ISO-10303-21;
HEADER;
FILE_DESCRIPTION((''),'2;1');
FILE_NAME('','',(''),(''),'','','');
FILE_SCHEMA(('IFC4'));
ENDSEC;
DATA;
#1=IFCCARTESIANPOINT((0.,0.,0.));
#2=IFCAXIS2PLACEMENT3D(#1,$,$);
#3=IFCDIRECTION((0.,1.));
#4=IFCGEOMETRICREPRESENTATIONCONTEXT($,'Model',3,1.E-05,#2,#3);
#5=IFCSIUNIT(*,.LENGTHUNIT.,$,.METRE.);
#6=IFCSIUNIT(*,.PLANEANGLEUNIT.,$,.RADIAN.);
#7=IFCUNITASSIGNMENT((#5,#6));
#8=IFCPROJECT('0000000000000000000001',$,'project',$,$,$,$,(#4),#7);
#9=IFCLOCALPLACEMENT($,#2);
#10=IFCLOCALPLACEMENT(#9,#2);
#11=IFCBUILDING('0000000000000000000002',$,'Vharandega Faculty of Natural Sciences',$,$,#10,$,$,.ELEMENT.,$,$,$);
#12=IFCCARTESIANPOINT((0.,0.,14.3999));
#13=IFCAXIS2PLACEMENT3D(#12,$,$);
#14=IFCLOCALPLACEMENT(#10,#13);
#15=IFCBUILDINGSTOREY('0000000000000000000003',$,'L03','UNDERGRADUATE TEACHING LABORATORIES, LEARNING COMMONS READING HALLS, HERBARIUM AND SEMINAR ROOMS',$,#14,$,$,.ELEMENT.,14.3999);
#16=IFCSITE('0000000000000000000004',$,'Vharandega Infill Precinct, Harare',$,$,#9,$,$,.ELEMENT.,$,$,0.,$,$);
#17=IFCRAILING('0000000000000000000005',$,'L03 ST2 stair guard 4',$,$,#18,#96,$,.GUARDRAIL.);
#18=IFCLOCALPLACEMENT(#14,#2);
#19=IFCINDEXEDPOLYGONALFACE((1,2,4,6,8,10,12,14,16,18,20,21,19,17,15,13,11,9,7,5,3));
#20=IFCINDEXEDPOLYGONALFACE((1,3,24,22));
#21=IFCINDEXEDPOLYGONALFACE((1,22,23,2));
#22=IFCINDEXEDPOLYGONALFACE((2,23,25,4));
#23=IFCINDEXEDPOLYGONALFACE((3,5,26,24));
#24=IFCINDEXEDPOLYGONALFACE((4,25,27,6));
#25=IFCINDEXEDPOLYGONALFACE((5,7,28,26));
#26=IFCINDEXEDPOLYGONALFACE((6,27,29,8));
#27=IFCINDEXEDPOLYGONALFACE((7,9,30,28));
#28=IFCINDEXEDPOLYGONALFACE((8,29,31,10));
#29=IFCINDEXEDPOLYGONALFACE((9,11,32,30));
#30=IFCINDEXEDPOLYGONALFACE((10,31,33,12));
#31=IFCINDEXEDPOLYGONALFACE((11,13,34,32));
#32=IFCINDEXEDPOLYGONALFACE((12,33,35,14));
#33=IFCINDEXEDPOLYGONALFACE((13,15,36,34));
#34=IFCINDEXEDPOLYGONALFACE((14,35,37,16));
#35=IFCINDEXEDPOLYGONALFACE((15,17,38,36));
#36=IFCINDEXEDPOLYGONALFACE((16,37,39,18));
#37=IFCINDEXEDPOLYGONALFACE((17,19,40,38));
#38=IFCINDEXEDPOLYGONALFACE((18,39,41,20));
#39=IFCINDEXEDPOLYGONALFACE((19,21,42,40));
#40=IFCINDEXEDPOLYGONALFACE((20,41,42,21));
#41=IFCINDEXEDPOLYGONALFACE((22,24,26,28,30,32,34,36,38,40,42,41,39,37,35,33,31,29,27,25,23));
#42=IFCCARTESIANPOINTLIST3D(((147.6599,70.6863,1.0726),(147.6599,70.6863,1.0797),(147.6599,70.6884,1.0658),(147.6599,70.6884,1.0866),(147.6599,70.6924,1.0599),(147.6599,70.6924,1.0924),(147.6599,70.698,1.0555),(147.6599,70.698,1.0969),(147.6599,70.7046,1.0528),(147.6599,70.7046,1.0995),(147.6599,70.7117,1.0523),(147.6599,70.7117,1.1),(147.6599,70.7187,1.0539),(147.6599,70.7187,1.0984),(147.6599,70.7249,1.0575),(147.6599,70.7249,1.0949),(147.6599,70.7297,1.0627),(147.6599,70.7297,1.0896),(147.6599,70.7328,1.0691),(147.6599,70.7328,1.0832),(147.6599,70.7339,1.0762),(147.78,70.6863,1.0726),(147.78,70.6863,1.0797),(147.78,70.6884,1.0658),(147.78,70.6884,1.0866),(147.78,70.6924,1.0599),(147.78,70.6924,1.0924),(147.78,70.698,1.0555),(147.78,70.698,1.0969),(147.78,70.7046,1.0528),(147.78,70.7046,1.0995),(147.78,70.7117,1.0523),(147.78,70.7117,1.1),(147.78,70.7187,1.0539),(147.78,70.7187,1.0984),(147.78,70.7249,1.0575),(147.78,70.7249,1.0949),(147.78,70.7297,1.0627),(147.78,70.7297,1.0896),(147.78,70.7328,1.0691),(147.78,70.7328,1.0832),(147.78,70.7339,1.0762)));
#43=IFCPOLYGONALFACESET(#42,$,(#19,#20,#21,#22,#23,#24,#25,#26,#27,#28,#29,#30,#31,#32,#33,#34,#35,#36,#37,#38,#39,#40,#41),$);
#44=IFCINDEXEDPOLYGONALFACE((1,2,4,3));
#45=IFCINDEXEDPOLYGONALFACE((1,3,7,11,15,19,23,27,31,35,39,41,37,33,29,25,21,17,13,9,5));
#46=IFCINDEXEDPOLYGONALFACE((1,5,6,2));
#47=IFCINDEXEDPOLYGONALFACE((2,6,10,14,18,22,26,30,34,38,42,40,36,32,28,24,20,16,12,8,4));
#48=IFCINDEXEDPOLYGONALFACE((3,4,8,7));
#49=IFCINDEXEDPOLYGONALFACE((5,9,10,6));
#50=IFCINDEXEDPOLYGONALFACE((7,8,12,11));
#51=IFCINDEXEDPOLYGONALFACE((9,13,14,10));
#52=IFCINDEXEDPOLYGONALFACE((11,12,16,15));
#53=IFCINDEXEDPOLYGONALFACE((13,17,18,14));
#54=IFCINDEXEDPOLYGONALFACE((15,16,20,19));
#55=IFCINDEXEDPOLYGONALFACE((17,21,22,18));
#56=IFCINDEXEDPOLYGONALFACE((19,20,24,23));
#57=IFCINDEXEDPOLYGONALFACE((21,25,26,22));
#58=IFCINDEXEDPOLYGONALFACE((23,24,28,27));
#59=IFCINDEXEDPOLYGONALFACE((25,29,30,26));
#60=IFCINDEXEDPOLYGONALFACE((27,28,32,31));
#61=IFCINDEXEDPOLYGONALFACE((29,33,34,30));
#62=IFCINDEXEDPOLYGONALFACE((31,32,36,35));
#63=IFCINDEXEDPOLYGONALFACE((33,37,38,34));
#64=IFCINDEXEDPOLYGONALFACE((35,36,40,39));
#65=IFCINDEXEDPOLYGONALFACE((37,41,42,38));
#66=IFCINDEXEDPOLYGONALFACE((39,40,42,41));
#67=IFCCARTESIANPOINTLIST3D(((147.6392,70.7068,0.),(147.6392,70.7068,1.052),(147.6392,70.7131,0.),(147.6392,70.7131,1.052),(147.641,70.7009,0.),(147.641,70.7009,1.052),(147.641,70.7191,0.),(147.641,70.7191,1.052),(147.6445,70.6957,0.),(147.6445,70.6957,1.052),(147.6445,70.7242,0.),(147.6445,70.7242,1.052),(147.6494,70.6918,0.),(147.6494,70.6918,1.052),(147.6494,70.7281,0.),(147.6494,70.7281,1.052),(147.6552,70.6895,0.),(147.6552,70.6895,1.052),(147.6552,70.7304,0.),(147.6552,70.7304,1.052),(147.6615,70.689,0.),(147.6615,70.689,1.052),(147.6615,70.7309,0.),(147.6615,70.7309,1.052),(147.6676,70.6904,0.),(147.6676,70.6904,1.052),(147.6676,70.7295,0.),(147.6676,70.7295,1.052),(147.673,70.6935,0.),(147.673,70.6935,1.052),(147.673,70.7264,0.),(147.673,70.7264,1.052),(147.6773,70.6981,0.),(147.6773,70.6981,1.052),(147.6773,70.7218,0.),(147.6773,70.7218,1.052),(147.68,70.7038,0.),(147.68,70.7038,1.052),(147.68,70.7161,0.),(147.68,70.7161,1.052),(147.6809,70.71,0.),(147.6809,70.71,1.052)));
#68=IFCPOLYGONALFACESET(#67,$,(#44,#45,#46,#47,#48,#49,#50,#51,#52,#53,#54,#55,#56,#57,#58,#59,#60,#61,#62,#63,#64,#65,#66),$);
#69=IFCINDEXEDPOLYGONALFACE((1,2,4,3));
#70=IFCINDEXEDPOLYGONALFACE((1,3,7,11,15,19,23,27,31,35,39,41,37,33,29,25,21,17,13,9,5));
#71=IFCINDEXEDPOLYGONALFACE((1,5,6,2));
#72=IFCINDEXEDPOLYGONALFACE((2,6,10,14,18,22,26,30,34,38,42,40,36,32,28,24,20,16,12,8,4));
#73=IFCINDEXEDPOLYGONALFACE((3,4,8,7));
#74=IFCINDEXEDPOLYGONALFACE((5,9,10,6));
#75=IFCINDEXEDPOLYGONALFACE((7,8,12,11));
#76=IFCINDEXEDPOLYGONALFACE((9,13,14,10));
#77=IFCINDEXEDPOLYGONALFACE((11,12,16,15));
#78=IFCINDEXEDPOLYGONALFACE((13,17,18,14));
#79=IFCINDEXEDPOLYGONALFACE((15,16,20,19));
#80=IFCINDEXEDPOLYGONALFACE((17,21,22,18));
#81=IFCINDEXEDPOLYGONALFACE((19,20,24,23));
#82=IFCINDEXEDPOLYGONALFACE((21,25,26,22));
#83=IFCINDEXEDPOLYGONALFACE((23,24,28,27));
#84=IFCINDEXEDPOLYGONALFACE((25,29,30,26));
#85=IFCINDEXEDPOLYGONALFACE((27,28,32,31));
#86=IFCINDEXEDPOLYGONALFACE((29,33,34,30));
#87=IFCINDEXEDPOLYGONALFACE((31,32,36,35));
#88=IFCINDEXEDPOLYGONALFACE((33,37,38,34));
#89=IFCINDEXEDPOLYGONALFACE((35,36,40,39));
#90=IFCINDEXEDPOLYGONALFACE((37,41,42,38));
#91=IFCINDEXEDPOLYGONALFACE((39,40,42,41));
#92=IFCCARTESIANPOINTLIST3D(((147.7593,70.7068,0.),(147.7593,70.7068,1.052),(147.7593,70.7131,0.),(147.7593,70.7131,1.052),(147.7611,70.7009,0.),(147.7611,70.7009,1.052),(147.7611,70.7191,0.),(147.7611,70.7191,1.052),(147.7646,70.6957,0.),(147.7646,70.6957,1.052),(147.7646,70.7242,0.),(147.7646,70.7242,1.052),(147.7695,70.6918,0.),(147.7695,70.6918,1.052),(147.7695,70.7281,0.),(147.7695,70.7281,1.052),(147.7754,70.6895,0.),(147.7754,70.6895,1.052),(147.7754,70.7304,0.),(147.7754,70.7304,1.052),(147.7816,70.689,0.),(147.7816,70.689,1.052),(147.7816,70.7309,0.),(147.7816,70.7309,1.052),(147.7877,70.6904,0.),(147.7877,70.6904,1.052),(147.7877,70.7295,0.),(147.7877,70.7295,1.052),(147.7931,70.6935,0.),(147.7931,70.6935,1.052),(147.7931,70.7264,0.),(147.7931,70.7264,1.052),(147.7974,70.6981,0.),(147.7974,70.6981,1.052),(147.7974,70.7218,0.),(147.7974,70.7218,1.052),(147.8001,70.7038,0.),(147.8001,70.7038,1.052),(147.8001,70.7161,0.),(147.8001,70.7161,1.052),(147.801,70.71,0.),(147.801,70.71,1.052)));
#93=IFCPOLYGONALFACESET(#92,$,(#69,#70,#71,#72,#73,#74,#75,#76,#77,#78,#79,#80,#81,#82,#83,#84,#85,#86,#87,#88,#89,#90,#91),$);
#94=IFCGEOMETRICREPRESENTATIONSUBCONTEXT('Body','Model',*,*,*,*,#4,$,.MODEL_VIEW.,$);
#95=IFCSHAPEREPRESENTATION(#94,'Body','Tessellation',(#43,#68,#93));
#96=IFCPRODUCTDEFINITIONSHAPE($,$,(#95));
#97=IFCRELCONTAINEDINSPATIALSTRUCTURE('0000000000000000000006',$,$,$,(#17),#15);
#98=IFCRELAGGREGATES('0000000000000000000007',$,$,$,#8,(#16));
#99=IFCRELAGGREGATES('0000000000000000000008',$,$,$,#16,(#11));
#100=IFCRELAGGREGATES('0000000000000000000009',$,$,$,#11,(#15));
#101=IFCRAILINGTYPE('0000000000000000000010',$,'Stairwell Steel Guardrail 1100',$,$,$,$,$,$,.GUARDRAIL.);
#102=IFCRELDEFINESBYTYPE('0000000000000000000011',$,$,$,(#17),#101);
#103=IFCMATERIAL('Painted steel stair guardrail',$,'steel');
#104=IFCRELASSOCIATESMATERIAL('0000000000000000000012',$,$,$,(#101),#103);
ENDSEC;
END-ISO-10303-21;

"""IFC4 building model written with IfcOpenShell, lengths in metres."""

from ifc_helpers import new_model, si_unit, direction, frame, origin, origin_2d, place, context, subcontext, project, spatial, circle, extrude, material, type_object, element, save


model = new_model("IFC4")

# Units and contexts
model_context = context("Model", 3, precision=1e-05, world=origin(), true_north=direction((0.0, 1.0)))
body_context = subcontext(model_context, "Body", "Model", "MODEL_VIEW")
ifc_project = project(units=[si_unit("LENGTHUNIT", "METRE"), si_unit("PLANEANGLEUNIT", "RADIAN")], contexts=[model_context])

# Site, building, storey
site_placement = place(None, origin())
site = spatial("IfcSite", under=ifc_project, at=site_placement, Name="Vharandega Infill Precinct, Harare", CompositionType="ELEMENT", RefElevation=0.0)
building_placement = place(site_placement, origin())
building = spatial("IfcBuilding", under=site, at=building_placement, Name="Vharandega Faculty of Natural Sciences", CompositionType="ELEMENT")
storey_placement = place(building_placement, frame((0.0, 0.0, 14.3999)))
storey = spatial("IfcBuildingStorey", under=building, at=storey_placement, Name="L03", Description="UNDERGRADUATE TEACHING LABORATORIES, LEARNING COMMONS READING HALLS, HERBARIUM AND SEMINAR ROOMS", CompositionType="ELEMENT", Elevation=14.3999)

# Railing
ifc_material_1 = material(Name="Painted steel stair guardrail", Category="steel")
railing_type_1 = type_object("IfcRailingType", Name="Stairwell Steel Guardrail 1100", PredefinedType="GUARDRAIL", material=ifc_material_1)
railing_1_placement = place(storey_placement, frame((147.6599, 70.71, 0.0)))
element("IfcRailing", 1, at=railing_1_placement, inside=storey, type_object=railing_type_1, Name="L03 ST2 stair guard 4", PredefinedType="GUARDRAIL", context=body_context, shape_type="SweptSolid", body=[
    extrude(circle(Radius=0.0239, at=origin_2d()), frame((0.0, 0.0, 1.0762), z_axis=(1.0, 0.0, 0.0), x_axis=(0.0, 1.0, 0.0)), (0.0, 0.0, 1.0), 0.1201),
    extrude(circle(Radius=0.021, at=origin_2d()), origin(), (0.0, 0.0, 1.0), 1.052),
    extrude(circle(Radius=0.021, at=origin_2d()), frame((0.1201, 0.0, 0.0)), (0.0, 0.0, 1.0), 1.052),
])

save(model, "model.ifc")
